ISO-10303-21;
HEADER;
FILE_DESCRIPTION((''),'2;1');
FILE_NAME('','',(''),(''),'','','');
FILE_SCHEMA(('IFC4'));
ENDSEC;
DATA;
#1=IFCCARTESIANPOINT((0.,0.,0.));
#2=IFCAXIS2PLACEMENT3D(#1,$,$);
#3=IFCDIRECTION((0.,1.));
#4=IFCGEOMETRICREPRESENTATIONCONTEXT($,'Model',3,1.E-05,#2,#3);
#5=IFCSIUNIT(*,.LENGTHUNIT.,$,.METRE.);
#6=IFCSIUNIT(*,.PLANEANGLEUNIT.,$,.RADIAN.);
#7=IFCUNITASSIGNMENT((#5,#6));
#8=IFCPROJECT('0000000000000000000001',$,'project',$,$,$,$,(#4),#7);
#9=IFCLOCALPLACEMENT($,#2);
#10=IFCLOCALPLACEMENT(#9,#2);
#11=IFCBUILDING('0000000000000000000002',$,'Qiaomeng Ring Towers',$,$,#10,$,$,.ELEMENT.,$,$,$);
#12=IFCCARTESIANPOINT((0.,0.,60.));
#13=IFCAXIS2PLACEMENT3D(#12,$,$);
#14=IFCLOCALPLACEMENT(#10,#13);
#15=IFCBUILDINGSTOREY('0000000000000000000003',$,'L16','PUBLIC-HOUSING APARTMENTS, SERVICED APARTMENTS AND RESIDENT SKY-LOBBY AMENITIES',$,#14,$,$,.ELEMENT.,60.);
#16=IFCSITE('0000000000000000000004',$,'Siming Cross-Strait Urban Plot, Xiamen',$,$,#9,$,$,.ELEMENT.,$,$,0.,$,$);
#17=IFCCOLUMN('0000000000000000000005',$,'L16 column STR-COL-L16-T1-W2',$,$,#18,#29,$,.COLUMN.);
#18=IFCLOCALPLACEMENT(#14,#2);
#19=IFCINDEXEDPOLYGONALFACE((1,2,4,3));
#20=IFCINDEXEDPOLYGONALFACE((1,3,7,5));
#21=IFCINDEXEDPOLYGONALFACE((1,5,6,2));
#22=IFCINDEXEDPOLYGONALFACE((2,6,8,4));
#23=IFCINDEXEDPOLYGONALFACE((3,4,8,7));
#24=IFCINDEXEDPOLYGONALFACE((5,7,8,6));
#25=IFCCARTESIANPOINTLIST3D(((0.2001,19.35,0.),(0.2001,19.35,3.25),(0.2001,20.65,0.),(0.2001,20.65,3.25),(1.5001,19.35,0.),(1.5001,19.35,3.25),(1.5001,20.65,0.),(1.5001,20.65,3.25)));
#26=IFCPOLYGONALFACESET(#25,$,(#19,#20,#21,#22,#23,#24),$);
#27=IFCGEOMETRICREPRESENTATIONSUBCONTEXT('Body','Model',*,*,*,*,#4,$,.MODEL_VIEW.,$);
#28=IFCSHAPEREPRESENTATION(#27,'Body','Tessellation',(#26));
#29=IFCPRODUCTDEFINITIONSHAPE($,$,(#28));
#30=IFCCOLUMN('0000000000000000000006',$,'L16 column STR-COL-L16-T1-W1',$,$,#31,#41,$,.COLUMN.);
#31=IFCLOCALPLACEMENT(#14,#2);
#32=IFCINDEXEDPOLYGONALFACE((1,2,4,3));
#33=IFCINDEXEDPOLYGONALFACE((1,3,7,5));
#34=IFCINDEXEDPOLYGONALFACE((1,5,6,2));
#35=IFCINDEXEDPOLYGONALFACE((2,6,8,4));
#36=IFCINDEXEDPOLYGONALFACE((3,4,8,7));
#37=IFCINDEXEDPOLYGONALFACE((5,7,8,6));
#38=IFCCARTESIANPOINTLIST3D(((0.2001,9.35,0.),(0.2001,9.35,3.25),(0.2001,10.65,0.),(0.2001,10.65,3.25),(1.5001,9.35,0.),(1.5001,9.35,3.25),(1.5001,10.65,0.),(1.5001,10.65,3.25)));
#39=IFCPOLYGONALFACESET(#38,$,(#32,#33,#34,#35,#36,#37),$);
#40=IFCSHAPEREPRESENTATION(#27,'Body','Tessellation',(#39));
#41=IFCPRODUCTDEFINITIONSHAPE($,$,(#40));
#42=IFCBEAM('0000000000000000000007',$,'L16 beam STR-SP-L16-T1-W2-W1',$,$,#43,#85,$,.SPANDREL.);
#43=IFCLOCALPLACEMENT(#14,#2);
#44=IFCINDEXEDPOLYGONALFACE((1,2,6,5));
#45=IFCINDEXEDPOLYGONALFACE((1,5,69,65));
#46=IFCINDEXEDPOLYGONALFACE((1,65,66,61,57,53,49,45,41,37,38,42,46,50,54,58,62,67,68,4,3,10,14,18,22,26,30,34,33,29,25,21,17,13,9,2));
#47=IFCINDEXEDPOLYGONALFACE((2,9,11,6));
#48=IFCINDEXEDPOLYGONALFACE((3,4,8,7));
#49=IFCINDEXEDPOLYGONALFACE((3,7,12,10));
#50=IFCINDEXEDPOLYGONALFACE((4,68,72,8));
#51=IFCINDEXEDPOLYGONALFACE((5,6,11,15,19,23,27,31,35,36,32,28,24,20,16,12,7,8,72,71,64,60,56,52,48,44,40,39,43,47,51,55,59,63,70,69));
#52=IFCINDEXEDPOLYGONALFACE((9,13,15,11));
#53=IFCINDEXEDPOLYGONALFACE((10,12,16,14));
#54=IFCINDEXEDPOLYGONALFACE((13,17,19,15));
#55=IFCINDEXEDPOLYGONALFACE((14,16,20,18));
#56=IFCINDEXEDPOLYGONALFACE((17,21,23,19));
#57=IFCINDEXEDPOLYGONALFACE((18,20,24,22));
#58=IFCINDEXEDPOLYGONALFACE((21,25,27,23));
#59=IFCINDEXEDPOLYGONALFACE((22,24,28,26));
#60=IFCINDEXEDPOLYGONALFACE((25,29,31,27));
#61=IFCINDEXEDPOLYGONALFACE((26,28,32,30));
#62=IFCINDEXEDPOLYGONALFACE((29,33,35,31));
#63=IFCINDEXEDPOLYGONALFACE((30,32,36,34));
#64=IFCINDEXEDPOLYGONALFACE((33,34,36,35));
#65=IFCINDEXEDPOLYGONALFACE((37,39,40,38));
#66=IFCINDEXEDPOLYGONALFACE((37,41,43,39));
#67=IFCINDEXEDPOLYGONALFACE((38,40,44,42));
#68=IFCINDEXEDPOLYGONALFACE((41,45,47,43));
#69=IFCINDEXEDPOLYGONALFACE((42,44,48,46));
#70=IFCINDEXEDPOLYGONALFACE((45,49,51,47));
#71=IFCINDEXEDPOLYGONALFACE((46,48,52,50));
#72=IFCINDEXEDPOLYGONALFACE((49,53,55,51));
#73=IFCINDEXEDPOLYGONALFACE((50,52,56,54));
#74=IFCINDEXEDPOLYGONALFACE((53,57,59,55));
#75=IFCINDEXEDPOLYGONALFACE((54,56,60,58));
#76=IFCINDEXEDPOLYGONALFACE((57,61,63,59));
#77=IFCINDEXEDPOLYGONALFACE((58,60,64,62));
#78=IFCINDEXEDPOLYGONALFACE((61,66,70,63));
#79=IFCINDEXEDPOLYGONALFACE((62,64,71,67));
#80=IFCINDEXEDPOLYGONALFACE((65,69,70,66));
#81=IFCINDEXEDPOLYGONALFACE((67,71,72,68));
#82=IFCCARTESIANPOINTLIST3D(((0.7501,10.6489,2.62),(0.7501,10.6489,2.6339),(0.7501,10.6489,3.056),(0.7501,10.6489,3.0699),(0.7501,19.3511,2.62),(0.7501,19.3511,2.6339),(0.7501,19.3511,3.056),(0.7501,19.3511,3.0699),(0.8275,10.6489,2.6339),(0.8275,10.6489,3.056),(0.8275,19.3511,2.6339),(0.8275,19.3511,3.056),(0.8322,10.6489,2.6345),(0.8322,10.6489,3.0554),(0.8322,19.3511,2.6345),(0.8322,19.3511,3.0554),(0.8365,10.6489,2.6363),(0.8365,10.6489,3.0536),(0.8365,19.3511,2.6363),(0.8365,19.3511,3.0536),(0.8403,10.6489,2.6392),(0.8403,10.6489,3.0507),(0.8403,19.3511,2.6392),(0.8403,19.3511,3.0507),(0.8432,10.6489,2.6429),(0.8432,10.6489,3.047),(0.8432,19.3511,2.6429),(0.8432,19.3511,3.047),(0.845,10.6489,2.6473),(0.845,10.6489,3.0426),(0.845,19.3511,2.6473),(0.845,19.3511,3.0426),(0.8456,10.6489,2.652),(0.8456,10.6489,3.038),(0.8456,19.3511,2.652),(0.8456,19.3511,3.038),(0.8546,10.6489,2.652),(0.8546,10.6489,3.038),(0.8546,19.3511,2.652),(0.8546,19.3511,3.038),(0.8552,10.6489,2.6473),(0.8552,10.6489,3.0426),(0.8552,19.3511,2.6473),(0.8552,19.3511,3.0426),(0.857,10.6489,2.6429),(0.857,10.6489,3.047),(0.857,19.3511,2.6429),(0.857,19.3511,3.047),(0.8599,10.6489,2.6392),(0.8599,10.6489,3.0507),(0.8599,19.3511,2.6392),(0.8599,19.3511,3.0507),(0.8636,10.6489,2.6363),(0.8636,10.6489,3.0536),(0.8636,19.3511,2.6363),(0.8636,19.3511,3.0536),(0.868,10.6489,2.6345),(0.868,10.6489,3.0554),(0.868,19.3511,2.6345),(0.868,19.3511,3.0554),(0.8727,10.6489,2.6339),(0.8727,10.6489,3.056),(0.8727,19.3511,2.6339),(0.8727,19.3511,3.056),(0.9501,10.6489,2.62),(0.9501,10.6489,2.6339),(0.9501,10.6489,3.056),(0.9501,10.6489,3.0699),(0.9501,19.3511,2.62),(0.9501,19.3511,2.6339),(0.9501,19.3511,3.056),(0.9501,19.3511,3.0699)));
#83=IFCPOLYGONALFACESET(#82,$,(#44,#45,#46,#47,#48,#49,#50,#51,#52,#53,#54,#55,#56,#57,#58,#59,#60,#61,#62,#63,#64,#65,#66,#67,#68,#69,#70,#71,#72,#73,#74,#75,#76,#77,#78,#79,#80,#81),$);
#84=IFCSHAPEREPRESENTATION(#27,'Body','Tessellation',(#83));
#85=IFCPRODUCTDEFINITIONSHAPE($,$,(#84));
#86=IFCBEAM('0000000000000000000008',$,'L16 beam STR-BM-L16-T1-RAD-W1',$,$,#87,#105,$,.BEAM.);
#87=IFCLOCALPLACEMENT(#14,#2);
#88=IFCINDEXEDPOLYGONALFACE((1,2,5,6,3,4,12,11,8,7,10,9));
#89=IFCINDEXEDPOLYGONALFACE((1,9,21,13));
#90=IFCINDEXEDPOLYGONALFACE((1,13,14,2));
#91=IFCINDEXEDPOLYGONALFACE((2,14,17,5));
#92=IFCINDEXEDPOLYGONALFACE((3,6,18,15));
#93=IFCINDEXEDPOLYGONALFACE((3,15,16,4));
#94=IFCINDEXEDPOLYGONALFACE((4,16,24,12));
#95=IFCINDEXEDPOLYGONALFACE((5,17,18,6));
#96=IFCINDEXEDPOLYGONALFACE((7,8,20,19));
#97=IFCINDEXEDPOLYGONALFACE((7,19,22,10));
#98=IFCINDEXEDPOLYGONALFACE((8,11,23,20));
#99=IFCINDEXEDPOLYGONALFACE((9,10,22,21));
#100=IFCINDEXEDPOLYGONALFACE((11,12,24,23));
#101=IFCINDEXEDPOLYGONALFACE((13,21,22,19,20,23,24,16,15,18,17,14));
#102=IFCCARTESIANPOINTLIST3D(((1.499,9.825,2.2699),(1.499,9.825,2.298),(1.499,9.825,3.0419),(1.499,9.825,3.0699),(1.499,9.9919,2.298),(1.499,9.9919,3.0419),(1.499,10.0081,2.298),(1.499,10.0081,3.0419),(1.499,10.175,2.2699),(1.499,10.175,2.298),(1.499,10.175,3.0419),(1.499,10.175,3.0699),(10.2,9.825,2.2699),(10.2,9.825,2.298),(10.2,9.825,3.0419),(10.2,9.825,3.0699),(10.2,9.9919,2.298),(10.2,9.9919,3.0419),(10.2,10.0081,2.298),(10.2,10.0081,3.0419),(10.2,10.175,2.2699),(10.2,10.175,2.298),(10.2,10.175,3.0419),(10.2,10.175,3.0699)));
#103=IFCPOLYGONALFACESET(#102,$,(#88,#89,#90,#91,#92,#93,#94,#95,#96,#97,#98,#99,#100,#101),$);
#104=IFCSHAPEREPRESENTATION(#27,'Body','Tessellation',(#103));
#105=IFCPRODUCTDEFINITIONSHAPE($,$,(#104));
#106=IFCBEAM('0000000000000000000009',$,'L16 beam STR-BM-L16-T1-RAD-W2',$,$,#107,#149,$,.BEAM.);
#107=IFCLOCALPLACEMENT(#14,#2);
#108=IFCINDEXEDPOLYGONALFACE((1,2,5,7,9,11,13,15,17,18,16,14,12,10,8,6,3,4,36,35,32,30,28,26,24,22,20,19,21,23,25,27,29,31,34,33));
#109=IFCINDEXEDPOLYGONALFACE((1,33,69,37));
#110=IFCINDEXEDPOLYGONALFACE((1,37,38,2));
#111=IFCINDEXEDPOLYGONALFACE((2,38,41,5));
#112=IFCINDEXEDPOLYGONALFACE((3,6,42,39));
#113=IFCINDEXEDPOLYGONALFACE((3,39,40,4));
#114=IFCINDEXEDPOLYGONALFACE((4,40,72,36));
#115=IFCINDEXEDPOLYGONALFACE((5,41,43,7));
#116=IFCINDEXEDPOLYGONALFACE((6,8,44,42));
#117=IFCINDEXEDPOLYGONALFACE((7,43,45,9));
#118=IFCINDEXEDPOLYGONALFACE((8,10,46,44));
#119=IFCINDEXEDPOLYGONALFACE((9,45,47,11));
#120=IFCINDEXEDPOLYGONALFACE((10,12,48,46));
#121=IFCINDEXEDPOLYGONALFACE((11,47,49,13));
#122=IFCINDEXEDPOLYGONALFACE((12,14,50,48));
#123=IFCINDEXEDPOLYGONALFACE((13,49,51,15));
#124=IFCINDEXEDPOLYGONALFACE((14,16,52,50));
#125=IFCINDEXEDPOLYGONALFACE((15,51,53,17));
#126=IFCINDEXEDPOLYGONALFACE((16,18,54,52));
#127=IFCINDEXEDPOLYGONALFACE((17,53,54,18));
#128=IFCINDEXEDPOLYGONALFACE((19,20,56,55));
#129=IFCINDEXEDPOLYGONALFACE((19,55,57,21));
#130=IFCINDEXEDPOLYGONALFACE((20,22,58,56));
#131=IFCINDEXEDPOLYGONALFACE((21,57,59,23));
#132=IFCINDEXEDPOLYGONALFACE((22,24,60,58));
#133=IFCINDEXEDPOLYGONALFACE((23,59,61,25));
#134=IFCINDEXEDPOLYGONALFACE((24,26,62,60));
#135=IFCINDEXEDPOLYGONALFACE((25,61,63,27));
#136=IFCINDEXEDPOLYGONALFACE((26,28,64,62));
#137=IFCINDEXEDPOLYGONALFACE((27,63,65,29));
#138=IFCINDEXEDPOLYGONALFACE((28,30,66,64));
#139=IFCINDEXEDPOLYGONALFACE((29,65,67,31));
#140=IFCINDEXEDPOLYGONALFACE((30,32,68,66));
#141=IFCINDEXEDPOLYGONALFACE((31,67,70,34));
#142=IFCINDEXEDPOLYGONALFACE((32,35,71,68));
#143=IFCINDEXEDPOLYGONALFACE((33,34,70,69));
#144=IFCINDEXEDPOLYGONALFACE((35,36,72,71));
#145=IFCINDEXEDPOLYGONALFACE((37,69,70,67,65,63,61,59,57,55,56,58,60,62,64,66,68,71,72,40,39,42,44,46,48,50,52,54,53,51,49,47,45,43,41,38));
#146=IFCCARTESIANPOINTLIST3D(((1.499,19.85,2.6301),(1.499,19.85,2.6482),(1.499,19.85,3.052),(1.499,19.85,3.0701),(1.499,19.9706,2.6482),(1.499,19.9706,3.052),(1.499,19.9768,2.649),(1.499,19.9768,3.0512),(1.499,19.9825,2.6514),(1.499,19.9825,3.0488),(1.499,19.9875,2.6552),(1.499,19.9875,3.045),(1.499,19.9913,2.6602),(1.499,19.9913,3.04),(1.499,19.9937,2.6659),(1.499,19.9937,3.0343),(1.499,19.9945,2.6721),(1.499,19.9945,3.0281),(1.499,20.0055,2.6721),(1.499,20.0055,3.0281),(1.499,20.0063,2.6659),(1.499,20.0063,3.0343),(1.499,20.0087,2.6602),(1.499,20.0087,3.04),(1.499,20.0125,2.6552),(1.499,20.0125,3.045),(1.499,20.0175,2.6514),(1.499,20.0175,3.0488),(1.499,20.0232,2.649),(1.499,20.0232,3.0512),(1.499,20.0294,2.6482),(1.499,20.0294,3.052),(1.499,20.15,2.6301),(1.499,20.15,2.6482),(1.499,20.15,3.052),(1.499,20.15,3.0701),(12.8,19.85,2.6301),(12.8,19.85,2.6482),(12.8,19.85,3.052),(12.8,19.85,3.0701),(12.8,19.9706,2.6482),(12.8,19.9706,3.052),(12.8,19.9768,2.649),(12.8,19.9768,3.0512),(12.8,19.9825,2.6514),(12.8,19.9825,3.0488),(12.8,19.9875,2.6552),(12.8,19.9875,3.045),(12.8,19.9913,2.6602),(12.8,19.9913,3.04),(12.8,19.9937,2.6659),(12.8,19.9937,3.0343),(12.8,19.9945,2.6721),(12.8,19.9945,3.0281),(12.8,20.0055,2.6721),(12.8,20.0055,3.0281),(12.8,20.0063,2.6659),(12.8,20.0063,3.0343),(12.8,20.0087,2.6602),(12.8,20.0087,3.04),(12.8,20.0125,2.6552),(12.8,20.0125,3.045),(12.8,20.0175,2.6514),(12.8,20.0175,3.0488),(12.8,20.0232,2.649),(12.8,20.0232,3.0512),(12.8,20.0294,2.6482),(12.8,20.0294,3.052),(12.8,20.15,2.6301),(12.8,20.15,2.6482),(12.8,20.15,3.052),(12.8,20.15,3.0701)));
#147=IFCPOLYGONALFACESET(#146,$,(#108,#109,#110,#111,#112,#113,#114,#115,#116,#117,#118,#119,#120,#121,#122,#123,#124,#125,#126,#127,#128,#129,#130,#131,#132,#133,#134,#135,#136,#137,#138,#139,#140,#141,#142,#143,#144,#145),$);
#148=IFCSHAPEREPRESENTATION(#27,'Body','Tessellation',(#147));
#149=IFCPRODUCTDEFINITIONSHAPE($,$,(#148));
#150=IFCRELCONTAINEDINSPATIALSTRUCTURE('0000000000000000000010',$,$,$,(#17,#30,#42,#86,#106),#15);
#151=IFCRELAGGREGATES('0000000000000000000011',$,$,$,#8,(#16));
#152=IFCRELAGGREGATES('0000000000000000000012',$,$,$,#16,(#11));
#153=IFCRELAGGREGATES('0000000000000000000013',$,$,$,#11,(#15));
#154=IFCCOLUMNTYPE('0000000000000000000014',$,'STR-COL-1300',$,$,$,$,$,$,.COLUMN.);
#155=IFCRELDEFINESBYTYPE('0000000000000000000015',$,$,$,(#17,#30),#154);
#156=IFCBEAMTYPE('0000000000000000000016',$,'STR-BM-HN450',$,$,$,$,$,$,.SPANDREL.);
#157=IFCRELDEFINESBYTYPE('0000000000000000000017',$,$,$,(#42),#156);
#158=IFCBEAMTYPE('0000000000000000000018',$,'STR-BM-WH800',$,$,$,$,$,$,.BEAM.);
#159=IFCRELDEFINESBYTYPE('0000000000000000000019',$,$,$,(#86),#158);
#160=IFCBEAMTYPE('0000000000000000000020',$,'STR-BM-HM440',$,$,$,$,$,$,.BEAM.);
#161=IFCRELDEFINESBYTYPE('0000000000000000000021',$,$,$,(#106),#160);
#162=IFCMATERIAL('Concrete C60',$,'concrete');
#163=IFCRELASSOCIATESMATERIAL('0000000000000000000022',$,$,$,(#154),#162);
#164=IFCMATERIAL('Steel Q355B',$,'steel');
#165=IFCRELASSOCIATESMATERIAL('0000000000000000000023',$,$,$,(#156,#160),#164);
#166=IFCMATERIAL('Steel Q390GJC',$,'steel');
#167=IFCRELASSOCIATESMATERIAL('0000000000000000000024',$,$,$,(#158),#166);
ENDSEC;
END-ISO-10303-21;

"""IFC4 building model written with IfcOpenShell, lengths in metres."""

from ifc_helpers import new_model, si_unit, direction, frame, origin, origin_2d, place, context, subcontext, project, spatial, rectangle, i_section, extrude, source, transform, mapped, material, material_profile, profile_set, type_object, element, save


model = new_model("IFC4")

# Units and contexts
model_context = context("Model", 3, precision=1e-05, world=origin(), true_north=direction((0.0, 1.0)))
body_context = subcontext(model_context, "Body", "Model", "MODEL_VIEW")
ifc_project = project(units=[si_unit("LENGTHUNIT", "METRE"), si_unit("PLANEANGLEUNIT", "RADIAN")], contexts=[model_context])

# Site, building, storey
site_placement = place(None, origin())
site = spatial("IfcSite", under=ifc_project, at=site_placement, Name="Siming Cross-Strait Urban Plot, Xiamen", CompositionType="ELEMENT", RefElevation=0.0)
building_placement = place(site_placement, origin())
building = spatial("IfcBuilding", under=site, at=building_placement, Name="Qiaomeng Ring Towers", CompositionType="ELEMENT")
storey_placement = place(building_placement, frame((0.0, 0.0, 60.0)))
storey = spatial("IfcBuildingStorey", under=building, at=storey_placement, Name="L16", Description="PUBLIC-HOUSING APARTMENTS, SERVICED APARTMENTS AND RESIDENT SKY-LOBBY AMENITIES", CompositionType="ELEMENT", Elevation=60.0)

# Columns
ifc_material_1 = material(Name="Concrete C60", Category="concrete")
ifc_material_profile_1 = material_profile(ifc_material_1, rectangle(XDim=1.3, YDim=1.3, at=origin_2d()), Name="RC COL 1300x1300")
ifc_profile_set_1 = profile_set([ifc_material_profile_1], Name="Concrete C60")
column_type = type_object("IfcColumnType", Name="STR-COL-1300", PredefinedType="COLUMN", material=ifc_profile_set_1)
shared_shape_1 = source(origin(), body_context, "Body", "SweptSolid", [
    extrude(rectangle(XDim=1.3, YDim=1.3, at=origin_2d()), origin(), (0.0, 0.0, 1.0), 3.25),
])
for number, where, z_axis, x_axis, name in (
    (1, (0.8501, 20.0, 0.0), (0.0, 0.0, 1.0), (1.0, 0.0, 0.0), "L16 column STR-COL-L16-T1-W2"),
    (2, (0.8501, 10.0, 0.0), (0.0, 0.0, 1.0), (1.0, 0.0, 0.0), "L16 column STR-COL-L16-T1-W1"),
):
    element("IfcColumn", number, at=place(storey_placement, frame(where, z_axis=z_axis, x_axis=x_axis)), inside=storey, type_object=column_type, Name=name, PredefinedType="COLUMN", context=body_context, shape_type="MappedRepresentation", body=[
        mapped(shared_shape_1, transform((0.0, 0.0, 0.0), x_axis=(1.0, 0.0, 0.0), y_axis=(0.0, 1.0, 0.0), z_axis=(0.0, 0.0, 1.0), scale=1.0)),
    ])

# Beams
ifc_material_2 = material(Name="Steel Q355B", Category="steel")
ifc_material_profile_2 = material_profile(ifc_material_2, i_section(OverallWidth=0.2, OverallDepth=0.45, WebThickness=0.009, FlangeThickness=0.0139, FilletRadius=0.0181, at=origin_2d()), Name="HN 450x200x9x14")
ifc_profile_set_2 = profile_set([ifc_material_profile_2], Name="Steel Q355B")
beam_type_1 = type_object("IfcBeamType", Name="STR-BM-HN450", PredefinedType="SPANDREL", material=ifc_profile_set_2)
shared_shape_2 = source(origin(), body_context, "Body", "SweptSolid", [
    extrude(i_section(OverallWidth=0.2, OverallDepth=0.45, WebThickness=0.009, FlangeThickness=0.0139, FilletRadius=0.0181, at=origin_2d()), origin(), (0.0, 0.0, 1.0), 8.7021),
])
beam_1_placement = place(storey_placement, frame((0.8501, 19.3511, 2.845), z_axis=(0.0, -1.0, 0.0), x_axis=(1.0, 0.0, 0.0)))
element("IfcBeam", 3, at=beam_1_placement, inside=storey, type_object=beam_type_1, Name="L16 beam STR-SP-L16-T1-W2-W1", PredefinedType="SPANDREL", context=body_context, shape_type="MappedRepresentation", body=[
    mapped(shared_shape_2, transform((0.0, 0.0, 0.0), x_axis=(1.0, 0.0, 0.0), y_axis=(0.0, 1.0, 0.0), z_axis=(0.0, 0.0, 1.0), scale=1.0)),
])
ifc_material_3 = material(Name="Steel Q390GJC", Category="steel")
ifc_material_profile_3 = material_profile(ifc_material_3, i_section(OverallWidth=0.3501, OverallDepth=0.8, WebThickness=0.0161, FlangeThickness=0.0281, at=origin_2d()), Name="WH 800x350x16x28")
ifc_profile_set_3 = profile_set([ifc_material_profile_3], Name="Steel Q390GJC")
beam_type_2 = type_object("IfcBeamType", Name="STR-BM-WH800", PredefinedType="BEAM", material=ifc_profile_set_3)
shared_shape_3 = source(origin(), body_context, "Body", "SweptSolid", [
    extrude(i_section(OverallWidth=0.3501, OverallDepth=0.8, WebThickness=0.0161, FlangeThickness=0.0281, at=origin_2d()), origin(), (0.0, 0.0, 1.0), 8.7009),
])
beam_2_placement = place(storey_placement, frame((1.499, 10.0, 2.6699), z_axis=(1.0, 0.0, 0.0), x_axis=(0.0, 1.0, 0.0)))
element("IfcBeam", 4, at=beam_2_placement, inside=storey, type_object=beam_type_2, Name="L16 beam STR-BM-L16-T1-RAD-W1", PredefinedType="BEAM", context=body_context, shape_type="MappedRepresentation", body=[
    mapped(shared_shape_3, transform((0.0, 0.0, 0.0), x_axis=(1.0, 0.0, 0.0), y_axis=(0.0, 1.0, 0.0), z_axis=(0.0, 0.0, 1.0), scale=1.0)),
])
ifc_material_profile_4 = material_profile(ifc_material_2, i_section(OverallWidth=0.3, OverallDepth=0.4399, WebThickness=0.011, FlangeThickness=0.0181, FilletRadius=0.0239, at=origin_2d()), Name="HM 440x300x11x18")
ifc_profile_set_4 = profile_set([ifc_material_profile_4], Name="Steel Q355B")
beam_type_3 = type_object("IfcBeamType", Name="STR-BM-HM440", PredefinedType="BEAM", material=ifc_profile_set_4)
shared_shape_4 = source(origin(), body_context, "Body", "SweptSolid", [
    extrude(i_section(OverallWidth=0.3, OverallDepth=0.4399, WebThickness=0.011, FlangeThickness=0.0181, FilletRadius=0.0239, at=origin_2d()), origin(), (0.0, 0.0, 1.0), 11.301),
])
beam_3_placement = place(storey_placement, frame((1.499, 20.0, 2.8501), z_axis=(1.0, 0.0, 0.0), x_axis=(0.0, 1.0, 0.0)))
element("IfcBeam", 5, at=beam_3_placement, inside=storey, type_object=beam_type_3, Name="L16 beam STR-BM-L16-T1-RAD-W2", PredefinedType="BEAM", context=body_context, shape_type="MappedRepresentation", body=[
    mapped(shared_shape_4, transform((0.0, 0.0, 0.0), x_axis=(1.0, 0.0, 0.0), y_axis=(0.0, 1.0, 0.0), z_axis=(0.0, 0.0, 1.0), scale=1.0)),
])

save(model, "model.ifc")
